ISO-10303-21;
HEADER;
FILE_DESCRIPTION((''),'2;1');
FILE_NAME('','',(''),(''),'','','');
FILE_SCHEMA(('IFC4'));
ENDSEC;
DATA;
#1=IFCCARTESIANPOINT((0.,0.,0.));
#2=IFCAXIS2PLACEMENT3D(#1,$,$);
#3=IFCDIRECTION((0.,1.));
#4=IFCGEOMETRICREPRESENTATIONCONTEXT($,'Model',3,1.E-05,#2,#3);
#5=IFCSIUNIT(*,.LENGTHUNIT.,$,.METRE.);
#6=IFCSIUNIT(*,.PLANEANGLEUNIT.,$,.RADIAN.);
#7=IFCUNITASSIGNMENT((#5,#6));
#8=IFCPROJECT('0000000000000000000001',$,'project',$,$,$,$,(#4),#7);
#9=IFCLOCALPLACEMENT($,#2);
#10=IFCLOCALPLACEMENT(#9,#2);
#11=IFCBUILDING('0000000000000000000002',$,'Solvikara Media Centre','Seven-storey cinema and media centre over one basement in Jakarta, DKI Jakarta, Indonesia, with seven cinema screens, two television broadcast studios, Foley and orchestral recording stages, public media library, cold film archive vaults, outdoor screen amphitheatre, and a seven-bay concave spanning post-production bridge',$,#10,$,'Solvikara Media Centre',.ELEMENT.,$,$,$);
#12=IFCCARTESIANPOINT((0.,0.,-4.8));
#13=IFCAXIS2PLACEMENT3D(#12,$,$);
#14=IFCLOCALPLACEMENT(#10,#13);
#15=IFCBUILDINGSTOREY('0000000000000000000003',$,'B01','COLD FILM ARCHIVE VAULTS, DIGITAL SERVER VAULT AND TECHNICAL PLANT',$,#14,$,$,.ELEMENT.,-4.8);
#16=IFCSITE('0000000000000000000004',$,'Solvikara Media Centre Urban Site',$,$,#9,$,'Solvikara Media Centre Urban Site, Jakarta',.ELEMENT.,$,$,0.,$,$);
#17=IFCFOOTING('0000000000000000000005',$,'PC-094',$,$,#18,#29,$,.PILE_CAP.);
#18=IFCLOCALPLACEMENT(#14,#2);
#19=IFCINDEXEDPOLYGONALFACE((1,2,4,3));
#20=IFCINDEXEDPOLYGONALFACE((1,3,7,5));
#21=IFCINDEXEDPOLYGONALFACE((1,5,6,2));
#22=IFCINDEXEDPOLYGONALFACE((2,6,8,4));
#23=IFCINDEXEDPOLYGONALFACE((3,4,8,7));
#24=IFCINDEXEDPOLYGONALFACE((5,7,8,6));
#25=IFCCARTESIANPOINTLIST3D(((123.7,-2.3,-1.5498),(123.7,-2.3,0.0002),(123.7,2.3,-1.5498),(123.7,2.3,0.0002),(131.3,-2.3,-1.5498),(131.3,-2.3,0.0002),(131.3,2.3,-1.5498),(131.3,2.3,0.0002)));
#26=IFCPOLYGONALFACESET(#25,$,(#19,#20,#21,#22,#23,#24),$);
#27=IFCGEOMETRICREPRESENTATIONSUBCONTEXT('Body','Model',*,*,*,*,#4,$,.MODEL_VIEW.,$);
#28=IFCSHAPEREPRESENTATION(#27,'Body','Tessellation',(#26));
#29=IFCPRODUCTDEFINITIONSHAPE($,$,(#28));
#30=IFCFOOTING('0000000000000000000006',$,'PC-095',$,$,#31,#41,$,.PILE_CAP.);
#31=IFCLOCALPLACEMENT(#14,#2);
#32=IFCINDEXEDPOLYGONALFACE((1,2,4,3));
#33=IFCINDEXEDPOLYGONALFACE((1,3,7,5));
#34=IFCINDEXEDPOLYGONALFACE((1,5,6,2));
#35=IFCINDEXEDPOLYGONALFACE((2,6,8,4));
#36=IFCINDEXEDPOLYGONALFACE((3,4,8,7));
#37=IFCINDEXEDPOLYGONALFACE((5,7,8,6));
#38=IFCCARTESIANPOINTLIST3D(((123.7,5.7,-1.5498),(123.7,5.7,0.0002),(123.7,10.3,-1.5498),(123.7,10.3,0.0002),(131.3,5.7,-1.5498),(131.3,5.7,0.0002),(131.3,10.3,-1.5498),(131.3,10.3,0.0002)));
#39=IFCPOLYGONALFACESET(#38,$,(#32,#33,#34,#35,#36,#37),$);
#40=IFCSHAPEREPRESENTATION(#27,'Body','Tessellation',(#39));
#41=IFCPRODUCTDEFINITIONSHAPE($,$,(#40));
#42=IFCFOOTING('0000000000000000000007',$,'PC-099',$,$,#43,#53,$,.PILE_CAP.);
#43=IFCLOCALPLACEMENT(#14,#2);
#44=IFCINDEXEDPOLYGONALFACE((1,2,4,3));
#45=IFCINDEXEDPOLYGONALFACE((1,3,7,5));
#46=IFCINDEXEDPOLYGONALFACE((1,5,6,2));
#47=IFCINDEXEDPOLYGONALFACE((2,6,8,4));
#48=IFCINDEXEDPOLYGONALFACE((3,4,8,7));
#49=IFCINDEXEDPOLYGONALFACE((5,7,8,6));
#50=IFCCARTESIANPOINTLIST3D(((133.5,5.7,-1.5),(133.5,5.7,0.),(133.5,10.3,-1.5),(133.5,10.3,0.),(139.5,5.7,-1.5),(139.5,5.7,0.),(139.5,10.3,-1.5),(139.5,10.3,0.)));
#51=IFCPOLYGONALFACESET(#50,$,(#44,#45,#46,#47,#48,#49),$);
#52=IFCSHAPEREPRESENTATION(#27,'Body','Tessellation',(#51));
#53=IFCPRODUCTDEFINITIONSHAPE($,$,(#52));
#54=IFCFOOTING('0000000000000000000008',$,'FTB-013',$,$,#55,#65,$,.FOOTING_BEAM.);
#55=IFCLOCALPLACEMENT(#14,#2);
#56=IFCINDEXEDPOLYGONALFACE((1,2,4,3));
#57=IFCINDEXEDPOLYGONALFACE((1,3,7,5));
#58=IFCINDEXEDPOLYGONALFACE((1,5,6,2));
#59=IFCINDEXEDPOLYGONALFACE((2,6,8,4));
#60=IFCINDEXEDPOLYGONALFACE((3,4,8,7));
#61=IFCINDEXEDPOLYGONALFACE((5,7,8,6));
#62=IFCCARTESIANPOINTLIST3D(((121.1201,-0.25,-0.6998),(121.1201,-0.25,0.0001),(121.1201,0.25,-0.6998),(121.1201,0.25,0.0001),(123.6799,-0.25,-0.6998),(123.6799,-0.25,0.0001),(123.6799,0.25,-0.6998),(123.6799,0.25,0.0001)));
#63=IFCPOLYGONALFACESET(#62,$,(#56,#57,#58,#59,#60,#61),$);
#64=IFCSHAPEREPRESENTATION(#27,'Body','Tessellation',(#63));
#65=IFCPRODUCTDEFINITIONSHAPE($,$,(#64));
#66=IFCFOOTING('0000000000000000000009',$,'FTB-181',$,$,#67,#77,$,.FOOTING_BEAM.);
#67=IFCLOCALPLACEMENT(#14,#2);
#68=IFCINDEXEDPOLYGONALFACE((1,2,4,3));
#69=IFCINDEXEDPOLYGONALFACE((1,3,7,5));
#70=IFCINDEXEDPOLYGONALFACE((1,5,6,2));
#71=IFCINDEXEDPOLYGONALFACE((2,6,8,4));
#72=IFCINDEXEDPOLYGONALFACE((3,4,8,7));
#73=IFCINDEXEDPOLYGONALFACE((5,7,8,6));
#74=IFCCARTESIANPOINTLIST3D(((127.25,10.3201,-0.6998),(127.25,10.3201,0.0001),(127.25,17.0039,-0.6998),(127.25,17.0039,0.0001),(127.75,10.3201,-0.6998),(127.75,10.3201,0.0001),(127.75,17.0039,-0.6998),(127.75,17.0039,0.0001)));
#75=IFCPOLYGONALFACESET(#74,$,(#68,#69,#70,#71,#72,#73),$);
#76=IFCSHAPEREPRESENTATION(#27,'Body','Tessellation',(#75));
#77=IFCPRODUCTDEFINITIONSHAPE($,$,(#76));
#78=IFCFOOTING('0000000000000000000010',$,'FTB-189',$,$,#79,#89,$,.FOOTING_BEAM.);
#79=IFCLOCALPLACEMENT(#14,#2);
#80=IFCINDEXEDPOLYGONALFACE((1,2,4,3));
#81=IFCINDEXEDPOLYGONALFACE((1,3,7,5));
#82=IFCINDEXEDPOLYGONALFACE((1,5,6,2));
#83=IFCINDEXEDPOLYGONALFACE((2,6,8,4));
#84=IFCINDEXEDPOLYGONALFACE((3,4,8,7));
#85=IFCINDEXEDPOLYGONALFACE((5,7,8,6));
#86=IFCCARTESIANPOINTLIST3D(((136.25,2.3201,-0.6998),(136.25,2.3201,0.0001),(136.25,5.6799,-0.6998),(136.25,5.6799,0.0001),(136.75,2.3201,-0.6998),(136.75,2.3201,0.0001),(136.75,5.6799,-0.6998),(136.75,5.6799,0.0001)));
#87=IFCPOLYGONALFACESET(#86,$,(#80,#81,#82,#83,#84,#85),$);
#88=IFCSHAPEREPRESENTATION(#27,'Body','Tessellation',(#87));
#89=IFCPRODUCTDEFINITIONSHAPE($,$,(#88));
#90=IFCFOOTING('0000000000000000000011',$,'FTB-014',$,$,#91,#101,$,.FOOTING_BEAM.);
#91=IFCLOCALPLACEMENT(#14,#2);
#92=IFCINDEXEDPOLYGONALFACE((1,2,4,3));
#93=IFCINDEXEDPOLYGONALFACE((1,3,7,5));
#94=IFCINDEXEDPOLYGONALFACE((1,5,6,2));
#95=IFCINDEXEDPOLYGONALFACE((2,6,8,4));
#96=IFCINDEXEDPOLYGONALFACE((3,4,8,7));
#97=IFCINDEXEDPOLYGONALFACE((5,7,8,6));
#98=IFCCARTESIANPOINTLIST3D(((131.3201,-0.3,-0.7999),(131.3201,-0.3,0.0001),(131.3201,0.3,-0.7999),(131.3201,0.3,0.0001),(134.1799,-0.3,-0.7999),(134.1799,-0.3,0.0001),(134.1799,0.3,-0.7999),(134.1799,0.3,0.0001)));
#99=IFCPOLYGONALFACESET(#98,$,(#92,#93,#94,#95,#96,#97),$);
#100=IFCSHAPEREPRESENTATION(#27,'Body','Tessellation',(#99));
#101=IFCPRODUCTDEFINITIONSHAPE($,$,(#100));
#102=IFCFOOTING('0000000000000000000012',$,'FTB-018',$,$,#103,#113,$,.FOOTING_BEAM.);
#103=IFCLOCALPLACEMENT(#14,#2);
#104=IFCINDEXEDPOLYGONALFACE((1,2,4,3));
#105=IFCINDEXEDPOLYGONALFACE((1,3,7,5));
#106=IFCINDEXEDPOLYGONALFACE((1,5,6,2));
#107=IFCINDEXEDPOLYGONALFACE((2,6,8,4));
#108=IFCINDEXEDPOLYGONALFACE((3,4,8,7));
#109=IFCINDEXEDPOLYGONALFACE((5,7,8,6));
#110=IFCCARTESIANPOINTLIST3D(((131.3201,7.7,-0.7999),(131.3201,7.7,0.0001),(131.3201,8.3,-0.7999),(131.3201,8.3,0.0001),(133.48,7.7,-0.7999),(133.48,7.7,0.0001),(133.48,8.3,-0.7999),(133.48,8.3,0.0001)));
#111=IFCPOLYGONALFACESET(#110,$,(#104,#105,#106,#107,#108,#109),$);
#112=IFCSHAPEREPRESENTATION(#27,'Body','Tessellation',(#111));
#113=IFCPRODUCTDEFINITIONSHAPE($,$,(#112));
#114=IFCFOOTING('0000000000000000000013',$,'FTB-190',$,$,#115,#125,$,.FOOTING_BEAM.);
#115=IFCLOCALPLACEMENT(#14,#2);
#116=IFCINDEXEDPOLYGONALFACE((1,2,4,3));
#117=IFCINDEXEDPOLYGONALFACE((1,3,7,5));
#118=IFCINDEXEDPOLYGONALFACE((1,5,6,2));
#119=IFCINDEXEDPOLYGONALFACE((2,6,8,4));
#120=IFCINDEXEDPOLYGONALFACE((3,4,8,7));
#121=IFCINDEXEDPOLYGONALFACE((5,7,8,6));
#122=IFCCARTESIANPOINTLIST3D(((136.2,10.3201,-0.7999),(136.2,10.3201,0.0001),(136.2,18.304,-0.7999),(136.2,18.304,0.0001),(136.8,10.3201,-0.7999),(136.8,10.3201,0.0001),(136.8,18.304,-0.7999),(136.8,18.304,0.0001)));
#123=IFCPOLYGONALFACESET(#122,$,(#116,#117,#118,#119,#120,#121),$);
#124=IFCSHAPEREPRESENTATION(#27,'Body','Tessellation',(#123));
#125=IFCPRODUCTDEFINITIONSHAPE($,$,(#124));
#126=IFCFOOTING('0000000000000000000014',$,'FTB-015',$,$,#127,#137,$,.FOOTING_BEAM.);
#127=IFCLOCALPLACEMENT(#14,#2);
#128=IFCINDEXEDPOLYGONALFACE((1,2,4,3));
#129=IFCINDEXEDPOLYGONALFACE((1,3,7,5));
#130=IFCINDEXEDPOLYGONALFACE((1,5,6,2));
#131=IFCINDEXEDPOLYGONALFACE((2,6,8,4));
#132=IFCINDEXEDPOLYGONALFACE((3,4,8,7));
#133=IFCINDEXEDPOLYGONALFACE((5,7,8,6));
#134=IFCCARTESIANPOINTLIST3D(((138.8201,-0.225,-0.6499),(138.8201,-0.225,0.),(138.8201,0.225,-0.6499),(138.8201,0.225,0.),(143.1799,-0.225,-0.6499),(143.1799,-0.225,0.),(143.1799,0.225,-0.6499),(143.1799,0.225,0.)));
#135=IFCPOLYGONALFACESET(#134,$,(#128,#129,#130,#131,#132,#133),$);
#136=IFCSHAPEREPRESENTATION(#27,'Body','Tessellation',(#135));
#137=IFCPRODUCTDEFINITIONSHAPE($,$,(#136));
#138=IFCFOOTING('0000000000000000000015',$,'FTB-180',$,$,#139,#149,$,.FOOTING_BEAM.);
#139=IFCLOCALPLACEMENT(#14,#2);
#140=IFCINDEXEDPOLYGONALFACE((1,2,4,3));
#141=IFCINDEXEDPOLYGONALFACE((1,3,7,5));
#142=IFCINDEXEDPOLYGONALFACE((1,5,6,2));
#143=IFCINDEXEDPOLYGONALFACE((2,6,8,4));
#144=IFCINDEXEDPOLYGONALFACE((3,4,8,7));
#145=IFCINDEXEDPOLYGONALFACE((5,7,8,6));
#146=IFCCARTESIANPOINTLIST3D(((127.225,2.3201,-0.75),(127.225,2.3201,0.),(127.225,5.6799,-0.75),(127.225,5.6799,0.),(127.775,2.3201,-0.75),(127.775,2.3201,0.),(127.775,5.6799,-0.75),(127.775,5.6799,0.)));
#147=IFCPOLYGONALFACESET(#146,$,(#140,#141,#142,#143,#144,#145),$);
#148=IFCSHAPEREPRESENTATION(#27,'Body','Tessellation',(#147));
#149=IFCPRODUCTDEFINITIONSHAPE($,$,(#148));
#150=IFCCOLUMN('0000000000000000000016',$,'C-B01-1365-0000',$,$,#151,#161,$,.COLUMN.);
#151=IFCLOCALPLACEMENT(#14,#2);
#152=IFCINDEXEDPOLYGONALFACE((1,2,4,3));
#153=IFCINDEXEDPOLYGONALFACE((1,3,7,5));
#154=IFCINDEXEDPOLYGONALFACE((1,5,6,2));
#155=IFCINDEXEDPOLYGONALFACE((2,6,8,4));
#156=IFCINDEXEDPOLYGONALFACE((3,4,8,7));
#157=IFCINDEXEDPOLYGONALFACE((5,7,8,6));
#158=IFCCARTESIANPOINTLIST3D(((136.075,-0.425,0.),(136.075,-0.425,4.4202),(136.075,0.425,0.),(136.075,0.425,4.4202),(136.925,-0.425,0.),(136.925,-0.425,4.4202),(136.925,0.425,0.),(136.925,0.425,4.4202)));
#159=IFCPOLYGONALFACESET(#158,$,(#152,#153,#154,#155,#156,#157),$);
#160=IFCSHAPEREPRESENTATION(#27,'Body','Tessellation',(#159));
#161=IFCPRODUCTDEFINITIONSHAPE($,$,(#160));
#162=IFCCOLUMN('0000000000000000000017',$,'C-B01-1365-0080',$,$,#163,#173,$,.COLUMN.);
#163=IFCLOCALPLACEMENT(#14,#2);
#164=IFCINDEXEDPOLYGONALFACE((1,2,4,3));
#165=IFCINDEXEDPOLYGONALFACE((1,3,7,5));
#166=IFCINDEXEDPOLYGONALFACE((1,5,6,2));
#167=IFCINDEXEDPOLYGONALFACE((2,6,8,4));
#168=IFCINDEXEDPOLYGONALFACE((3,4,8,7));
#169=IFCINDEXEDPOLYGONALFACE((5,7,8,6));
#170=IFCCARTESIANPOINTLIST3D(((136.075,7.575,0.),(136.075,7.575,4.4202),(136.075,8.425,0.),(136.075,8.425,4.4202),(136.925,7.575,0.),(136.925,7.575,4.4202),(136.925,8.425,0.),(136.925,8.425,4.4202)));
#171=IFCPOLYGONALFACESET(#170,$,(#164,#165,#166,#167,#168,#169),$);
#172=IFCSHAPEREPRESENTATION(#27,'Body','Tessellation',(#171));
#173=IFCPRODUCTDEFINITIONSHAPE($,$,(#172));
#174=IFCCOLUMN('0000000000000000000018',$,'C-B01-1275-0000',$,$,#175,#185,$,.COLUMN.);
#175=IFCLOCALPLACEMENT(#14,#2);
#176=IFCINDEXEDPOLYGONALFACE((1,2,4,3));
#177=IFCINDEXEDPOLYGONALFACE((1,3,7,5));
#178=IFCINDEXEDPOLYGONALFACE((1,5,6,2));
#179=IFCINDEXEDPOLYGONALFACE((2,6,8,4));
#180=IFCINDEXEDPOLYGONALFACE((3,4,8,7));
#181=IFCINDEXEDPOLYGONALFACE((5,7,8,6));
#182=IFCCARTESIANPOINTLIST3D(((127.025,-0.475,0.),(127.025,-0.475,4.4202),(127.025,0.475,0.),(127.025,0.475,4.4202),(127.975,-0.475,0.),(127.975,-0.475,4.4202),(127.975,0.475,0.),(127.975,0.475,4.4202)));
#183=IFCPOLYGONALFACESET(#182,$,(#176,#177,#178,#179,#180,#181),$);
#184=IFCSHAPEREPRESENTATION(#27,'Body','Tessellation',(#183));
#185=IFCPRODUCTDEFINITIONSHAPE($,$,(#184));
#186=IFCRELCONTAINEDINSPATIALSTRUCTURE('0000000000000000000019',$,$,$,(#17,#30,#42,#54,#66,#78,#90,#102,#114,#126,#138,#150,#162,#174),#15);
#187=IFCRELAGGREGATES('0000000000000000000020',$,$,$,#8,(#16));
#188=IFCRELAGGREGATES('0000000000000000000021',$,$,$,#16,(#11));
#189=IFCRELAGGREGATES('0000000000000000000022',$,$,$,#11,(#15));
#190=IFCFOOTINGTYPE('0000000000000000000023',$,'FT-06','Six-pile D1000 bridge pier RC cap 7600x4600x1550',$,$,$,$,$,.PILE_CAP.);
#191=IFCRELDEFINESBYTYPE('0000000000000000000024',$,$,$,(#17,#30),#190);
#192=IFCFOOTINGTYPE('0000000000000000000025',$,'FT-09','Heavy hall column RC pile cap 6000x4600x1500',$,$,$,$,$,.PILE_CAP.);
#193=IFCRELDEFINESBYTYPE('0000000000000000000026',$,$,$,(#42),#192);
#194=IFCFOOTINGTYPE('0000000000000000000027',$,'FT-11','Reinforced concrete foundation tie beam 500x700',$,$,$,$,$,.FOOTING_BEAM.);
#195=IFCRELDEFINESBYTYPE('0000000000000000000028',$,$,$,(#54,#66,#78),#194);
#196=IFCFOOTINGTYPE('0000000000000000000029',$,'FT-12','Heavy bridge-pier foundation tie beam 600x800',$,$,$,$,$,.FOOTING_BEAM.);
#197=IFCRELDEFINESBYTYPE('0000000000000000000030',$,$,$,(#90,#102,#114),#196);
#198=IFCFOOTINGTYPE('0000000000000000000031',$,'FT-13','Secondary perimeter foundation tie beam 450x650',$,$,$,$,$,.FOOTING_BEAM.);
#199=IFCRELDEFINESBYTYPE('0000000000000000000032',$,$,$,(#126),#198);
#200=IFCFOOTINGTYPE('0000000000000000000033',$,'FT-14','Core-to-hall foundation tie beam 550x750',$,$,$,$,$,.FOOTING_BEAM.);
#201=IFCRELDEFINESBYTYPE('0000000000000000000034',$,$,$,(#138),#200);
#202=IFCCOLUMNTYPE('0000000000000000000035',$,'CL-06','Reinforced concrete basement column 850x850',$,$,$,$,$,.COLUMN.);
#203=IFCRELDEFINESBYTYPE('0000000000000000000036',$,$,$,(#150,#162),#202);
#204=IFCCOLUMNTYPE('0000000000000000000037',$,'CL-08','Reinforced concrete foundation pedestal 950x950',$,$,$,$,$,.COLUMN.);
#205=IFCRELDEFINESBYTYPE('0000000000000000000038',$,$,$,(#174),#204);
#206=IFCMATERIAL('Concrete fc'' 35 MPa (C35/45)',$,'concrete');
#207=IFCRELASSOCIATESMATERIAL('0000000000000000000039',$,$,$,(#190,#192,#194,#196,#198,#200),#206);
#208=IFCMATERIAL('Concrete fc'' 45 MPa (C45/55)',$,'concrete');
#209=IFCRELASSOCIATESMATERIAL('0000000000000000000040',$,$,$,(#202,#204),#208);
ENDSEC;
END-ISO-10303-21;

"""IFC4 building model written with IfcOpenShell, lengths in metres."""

from ifc_helpers import new_model, si_unit, direction, frame, origin, origin_2d, place, context, subcontext, project, spatial, rectangle, extrude, material, material_profile, profile_set, type_object, element, save


model = new_model("IFC4")

# Units and contexts
model_context = context("Model", 3, precision=1e-05, world=origin(), true_north=direction((0.0, 1.0)))
body_context = subcontext(model_context, "Body", "Model", "MODEL_VIEW")
ifc_project = project(units=[si_unit("LENGTHUNIT", "METRE"), si_unit("PLANEANGLEUNIT", "RADIAN")], contexts=[model_context])

# Site, building, storey
site_placement = place(None, origin())
site = spatial("IfcSite", under=ifc_project, at=site_placement, Name="Solvikara Media Centre Urban Site", LongName="Solvikara Media Centre Urban Site, Jakarta", CompositionType="ELEMENT", RefElevation=0.0)
building_placement = place(site_placement, origin())
building = spatial("IfcBuilding", under=site, at=building_placement, Name="Solvikara Media Centre", Description="Seven-storey cinema and media centre over one basement in Jakarta, DKI Jakarta, Indonesia, with seven cinema screens, two television broadcast studios, Foley and orchestral recording stages, public media library, cold film archive vaults, outdoor screen amphitheatre, and a seven-bay concave spanning post-production bridge", LongName="Solvikara Media Centre", CompositionType="ELEMENT")
storey_placement = place(building_placement, frame((0.0, 0.0, -4.8)))
storey = spatial("IfcBuildingStorey", under=building, at=storey_placement, Name="B01", Description="COLD FILM ARCHIVE VAULTS, DIGITAL SERVER VAULT AND TECHNICAL PLANT", CompositionType="ELEMENT", Elevation=-4.8)

# Shared definitions
ifc_material_1 = material(Name="Concrete fc' 35 MPa (C35/45)", Category="concrete")

# Footings
footing_type_1 = type_object("IfcFootingType", Name="FT-06", Description="Six-pile D1000 bridge pier RC cap 7600x4600x1550", PredefinedType="PILE_CAP", material=ifc_material_1)
for number, where, z_axis, x_axis, name in (
    (1, (127.5, 0.0, -1.5498), (0.0, 0.0, 1.0), (1.0, 0.0, 0.0), "PC-094"),
    (2, (127.5, 8.0, -1.5498), (0.0, 0.0, 1.0), (1.0, 0.0, 0.0), "PC-095"),
):
    element("IfcFooting", number, at=place(storey_placement, frame(where, z_axis=z_axis, x_axis=x_axis)), inside=storey, type_object=footing_type_1, Name=name, PredefinedType="PILE_CAP", context=body_context, shape_type="SweptSolid", body=[
        extrude(rectangle(XDim=7.6001, YDim=4.6001, at=origin_2d()), origin(), (0.0, 0.0, 1.0), 1.55),
    ])
footing_type_2 = type_object("IfcFootingType", Name="FT-09", Description="Heavy hall column RC pile cap 6000x4600x1500", PredefinedType="PILE_CAP", material=ifc_material_1)
footing_1_placement = place(storey_placement, frame((136.5, 8.0, -1.5), z_axis=(0.0, 0.0, 1.0), x_axis=(1.0, 0.0, 0.0)))
element("IfcFooting", 3, at=footing_1_placement, inside=storey, type_object=footing_type_2, Name="PC-099", PredefinedType="PILE_CAP", context=body_context, shape_type="SweptSolid", body=[
    extrude(rectangle(XDim=6.0, YDim=4.6001, at=origin_2d()), origin(), (0.0, 0.0, 1.0), 1.5),
])
ifc_material_profile_1 = material_profile(ifc_material_1, rectangle(XDim=0.5, YDim=0.7, at=origin_2d()), Name="RC 500x700")
ifc_profile_set_1 = profile_set([ifc_material_profile_1], Name="Concrete fc' 35 MPa (C35/45)")
footing_type_3 = type_object("IfcFootingType", Name="FT-11", Description="Reinforced concrete foundation tie beam 500x700", PredefinedType="FOOTING_BEAM", material=ifc_profile_set_1)
footing_2_placement = place(storey_placement, frame((121.1201, 0.0, -0.3499), z_axis=(1.0, 0.0, 0.0), x_axis=(0.0, 1.0, 0.0)))
element("IfcFooting", 4, at=footing_2_placement, inside=storey, type_object=footing_type_3, Name="FTB-013", PredefinedType="FOOTING_BEAM", context=body_context, shape_type="SweptSolid", body=[
    extrude(rectangle(XDim=0.5, YDim=0.7, at=origin_2d()), origin(), (0.0, 0.0, 1.0), 2.5598),
])
footing_3_placement = place(storey_placement, frame((127.5, 10.3201, -0.3499), z_axis=(0.0, 1.0, 0.0), x_axis=(-1.0, 0.0, 0.0)))
element("IfcFooting", 5, at=footing_3_placement, inside=storey, type_object=footing_type_3, Name="FTB-181", PredefinedType="FOOTING_BEAM", context=body_context, shape_type="SweptSolid", body=[
    extrude(rectangle(XDim=0.5, YDim=0.7, at=origin_2d()), origin(), (0.0, 0.0, 1.0), 6.6838),
])
footing_4_placement = place(storey_placement, frame((136.5, 2.3201, -0.3499), z_axis=(0.0, 1.0, 0.0), x_axis=(-1.0, 0.0, 0.0)))
element("IfcFooting", 6, at=footing_4_placement, inside=storey, type_object=footing_type_3, Name="FTB-189", PredefinedType="FOOTING_BEAM", context=body_context, shape_type="SweptSolid", body=[
    extrude(rectangle(XDim=0.5, YDim=0.7, at=origin_2d()), origin(), (0.0, 0.0, 1.0), 3.3599),
])
ifc_material_profile_2 = material_profile(ifc_material_1, rectangle(XDim=0.6001, YDim=0.8, at=origin_2d()), Name="RC 600x800")
ifc_profile_set_2 = profile_set([ifc_material_profile_2], Name="Concrete fc' 35 MPa (C35/45)")
footing_type_4 = type_object("IfcFootingType", Name="FT-12", Description="Heavy bridge-pier foundation tie beam 600x800", PredefinedType="FOOTING_BEAM", material=ifc_profile_set_2)
footing_5_placement = place(storey_placement, frame((131.3201, 0.0, -0.3999), z_axis=(1.0, 0.0, 0.0), x_axis=(0.0, 1.0, 0.0)))
element("IfcFooting", 7, at=footing_5_placement, inside=storey, type_object=footing_type_4, Name="FTB-014", PredefinedType="FOOTING_BEAM", context=body_context, shape_type="SweptSolid", body=[
    extrude(rectangle(XDim=0.6001, YDim=0.8, at=origin_2d()), origin(), (0.0, 0.0, 1.0), 2.8599),
])
footing_6_placement = place(storey_placement, frame((131.3201, 8.0, -0.3999), z_axis=(1.0, 0.0, 0.0), x_axis=(0.0, 1.0, 0.0)))
element("IfcFooting", 8, at=footing_6_placement, inside=storey, type_object=footing_type_4, Name="FTB-018", PredefinedType="FOOTING_BEAM", context=body_context, shape_type="SweptSolid", body=[
    extrude(rectangle(XDim=0.6001, YDim=0.8, at=origin_2d()), origin(), (0.0, 0.0, 1.0), 2.1599),
])
footing_7_placement = place(storey_placement, frame((136.5, 10.3201, -0.3999), z_axis=(0.0, 1.0, 0.0), x_axis=(-1.0, 0.0, 0.0)))
element("IfcFooting", 9, at=footing_7_placement, inside=storey, type_object=footing_type_4, Name="FTB-190", PredefinedType="FOOTING_BEAM", context=body_context, shape_type="SweptSolid", body=[
    extrude(rectangle(XDim=0.6001, YDim=0.8, at=origin_2d()), origin(), (0.0, 0.0, 1.0), 7.9839),
])
ifc_material_profile_3 = material_profile(ifc_material_1, rectangle(XDim=0.45, YDim=0.6499, at=origin_2d()), Name="RC 450x650")
ifc_profile_set_3 = profile_set([ifc_material_profile_3], Name="Concrete fc' 35 MPa (C35/45)")
footing_type_5 = type_object("IfcFootingType", Name="FT-13", Description="Secondary perimeter foundation tie beam 450x650", PredefinedType="FOOTING_BEAM", material=ifc_profile_set_3)
footing_8_placement = place(storey_placement, frame((138.8201, 0.0, -0.325), z_axis=(1.0, 0.0, 0.0), x_axis=(0.0, 1.0, 0.0)))
element("IfcFooting", 10, at=footing_8_placement, inside=storey, type_object=footing_type_5, Name="FTB-015", PredefinedType="FOOTING_BEAM", context=body_context, shape_type="SweptSolid", body=[
    extrude(rectangle(XDim=0.45, YDim=0.6499, at=origin_2d()), origin(), (0.0, 0.0, 1.0), 4.3599),
])
ifc_material_profile_4 = material_profile(ifc_material_1, rectangle(XDim=0.55, YDim=0.75, at=origin_2d()), Name="RC 550x750")
ifc_profile_set_4 = profile_set([ifc_material_profile_4], Name="Concrete fc' 35 MPa (C35/45)")
footing_type_6 = type_object("IfcFootingType", Name="FT-14", Description="Core-to-hall foundation tie beam 550x750", PredefinedType="FOOTING_BEAM", material=ifc_profile_set_4)
footing_9_placement = place(storey_placement, frame((127.5, 2.3201, -0.375), z_axis=(0.0, 1.0, 0.0), x_axis=(-1.0, 0.0, 0.0)))
element("IfcFooting", 11, at=footing_9_placement, inside=storey, type_object=footing_type_6, Name="FTB-180", PredefinedType="FOOTING_BEAM", context=body_context, shape_type="SweptSolid", body=[
    extrude(rectangle(XDim=0.55, YDim=0.75, at=origin_2d()), origin(), (0.0, 0.0, 1.0), 3.3599),
])

# Columns
ifc_material_2 = material(Name="Concrete fc' 45 MPa (C45/55)", Category="concrete")
ifc_material_profile_5 = material_profile(ifc_material_2, rectangle(XDim=0.8501, YDim=0.8501, at=origin_2d()), Name="RC 850x850")
ifc_profile_set_5 = profile_set([ifc_material_profile_5], Name="Concrete fc' 45 MPa (C45/55)")
column_type_1 = type_object("IfcColumnType", Name="CL-06", Description="Reinforced concrete basement column 850x850", PredefinedType="COLUMN", material=ifc_profile_set_5)
for number, where, z_axis, x_axis, name in (
    (12, (136.5, 0.0, 0.0), (0.0, 0.0, 1.0), (1.0, 0.0, 0.0), "C-B01-1365-0000"),
    (13, (136.5, 8.0, 0.0), (0.0, 0.0, 1.0), (1.0, 0.0, 0.0), "C-B01-1365-0080"),
):
    element("IfcColumn", number, at=place(storey_placement, frame(where, z_axis=z_axis, x_axis=x_axis)), inside=storey, type_object=column_type_1, Name=name, PredefinedType="COLUMN", context=body_context, shape_type="SweptSolid", body=[
        extrude(rectangle(XDim=0.8501, YDim=0.8501, at=origin_2d()), origin(), (0.0, 0.0, 1.0), 4.4202),
    ])
ifc_material_profile_6 = material_profile(ifc_material_2, rectangle(XDim=0.95, YDim=0.95, at=origin_2d()), Name="RC 950x950")
ifc_profile_set_6 = profile_set([ifc_material_profile_6], Name="Concrete fc' 45 MPa (C45/55)")
column_type_2 = type_object("IfcColumnType", Name="CL-08", Description="Reinforced concrete foundation pedestal 950x950", PredefinedType="COLUMN", material=ifc_profile_set_6)
for number, where, z_axis, x_axis, name in (
    (14, (127.5, 0.0, 0.0), (0.0, 0.0, 1.0), (1.0, 0.0, 0.0), "C-B01-1275-0000"),
):
    element("IfcColumn", number, at=place(storey_placement, frame(where, z_axis=z_axis, x_axis=x_axis)), inside=storey, type_object=column_type_2, Name=name, PredefinedType="COLUMN", context=body_context, shape_type="SweptSolid", body=[
        extrude(rectangle(XDim=0.95, YDim=0.95, at=origin_2d()), origin(), (0.0, 0.0, 1.0), 4.4202),
    ])

save(model, "model.ifc")
